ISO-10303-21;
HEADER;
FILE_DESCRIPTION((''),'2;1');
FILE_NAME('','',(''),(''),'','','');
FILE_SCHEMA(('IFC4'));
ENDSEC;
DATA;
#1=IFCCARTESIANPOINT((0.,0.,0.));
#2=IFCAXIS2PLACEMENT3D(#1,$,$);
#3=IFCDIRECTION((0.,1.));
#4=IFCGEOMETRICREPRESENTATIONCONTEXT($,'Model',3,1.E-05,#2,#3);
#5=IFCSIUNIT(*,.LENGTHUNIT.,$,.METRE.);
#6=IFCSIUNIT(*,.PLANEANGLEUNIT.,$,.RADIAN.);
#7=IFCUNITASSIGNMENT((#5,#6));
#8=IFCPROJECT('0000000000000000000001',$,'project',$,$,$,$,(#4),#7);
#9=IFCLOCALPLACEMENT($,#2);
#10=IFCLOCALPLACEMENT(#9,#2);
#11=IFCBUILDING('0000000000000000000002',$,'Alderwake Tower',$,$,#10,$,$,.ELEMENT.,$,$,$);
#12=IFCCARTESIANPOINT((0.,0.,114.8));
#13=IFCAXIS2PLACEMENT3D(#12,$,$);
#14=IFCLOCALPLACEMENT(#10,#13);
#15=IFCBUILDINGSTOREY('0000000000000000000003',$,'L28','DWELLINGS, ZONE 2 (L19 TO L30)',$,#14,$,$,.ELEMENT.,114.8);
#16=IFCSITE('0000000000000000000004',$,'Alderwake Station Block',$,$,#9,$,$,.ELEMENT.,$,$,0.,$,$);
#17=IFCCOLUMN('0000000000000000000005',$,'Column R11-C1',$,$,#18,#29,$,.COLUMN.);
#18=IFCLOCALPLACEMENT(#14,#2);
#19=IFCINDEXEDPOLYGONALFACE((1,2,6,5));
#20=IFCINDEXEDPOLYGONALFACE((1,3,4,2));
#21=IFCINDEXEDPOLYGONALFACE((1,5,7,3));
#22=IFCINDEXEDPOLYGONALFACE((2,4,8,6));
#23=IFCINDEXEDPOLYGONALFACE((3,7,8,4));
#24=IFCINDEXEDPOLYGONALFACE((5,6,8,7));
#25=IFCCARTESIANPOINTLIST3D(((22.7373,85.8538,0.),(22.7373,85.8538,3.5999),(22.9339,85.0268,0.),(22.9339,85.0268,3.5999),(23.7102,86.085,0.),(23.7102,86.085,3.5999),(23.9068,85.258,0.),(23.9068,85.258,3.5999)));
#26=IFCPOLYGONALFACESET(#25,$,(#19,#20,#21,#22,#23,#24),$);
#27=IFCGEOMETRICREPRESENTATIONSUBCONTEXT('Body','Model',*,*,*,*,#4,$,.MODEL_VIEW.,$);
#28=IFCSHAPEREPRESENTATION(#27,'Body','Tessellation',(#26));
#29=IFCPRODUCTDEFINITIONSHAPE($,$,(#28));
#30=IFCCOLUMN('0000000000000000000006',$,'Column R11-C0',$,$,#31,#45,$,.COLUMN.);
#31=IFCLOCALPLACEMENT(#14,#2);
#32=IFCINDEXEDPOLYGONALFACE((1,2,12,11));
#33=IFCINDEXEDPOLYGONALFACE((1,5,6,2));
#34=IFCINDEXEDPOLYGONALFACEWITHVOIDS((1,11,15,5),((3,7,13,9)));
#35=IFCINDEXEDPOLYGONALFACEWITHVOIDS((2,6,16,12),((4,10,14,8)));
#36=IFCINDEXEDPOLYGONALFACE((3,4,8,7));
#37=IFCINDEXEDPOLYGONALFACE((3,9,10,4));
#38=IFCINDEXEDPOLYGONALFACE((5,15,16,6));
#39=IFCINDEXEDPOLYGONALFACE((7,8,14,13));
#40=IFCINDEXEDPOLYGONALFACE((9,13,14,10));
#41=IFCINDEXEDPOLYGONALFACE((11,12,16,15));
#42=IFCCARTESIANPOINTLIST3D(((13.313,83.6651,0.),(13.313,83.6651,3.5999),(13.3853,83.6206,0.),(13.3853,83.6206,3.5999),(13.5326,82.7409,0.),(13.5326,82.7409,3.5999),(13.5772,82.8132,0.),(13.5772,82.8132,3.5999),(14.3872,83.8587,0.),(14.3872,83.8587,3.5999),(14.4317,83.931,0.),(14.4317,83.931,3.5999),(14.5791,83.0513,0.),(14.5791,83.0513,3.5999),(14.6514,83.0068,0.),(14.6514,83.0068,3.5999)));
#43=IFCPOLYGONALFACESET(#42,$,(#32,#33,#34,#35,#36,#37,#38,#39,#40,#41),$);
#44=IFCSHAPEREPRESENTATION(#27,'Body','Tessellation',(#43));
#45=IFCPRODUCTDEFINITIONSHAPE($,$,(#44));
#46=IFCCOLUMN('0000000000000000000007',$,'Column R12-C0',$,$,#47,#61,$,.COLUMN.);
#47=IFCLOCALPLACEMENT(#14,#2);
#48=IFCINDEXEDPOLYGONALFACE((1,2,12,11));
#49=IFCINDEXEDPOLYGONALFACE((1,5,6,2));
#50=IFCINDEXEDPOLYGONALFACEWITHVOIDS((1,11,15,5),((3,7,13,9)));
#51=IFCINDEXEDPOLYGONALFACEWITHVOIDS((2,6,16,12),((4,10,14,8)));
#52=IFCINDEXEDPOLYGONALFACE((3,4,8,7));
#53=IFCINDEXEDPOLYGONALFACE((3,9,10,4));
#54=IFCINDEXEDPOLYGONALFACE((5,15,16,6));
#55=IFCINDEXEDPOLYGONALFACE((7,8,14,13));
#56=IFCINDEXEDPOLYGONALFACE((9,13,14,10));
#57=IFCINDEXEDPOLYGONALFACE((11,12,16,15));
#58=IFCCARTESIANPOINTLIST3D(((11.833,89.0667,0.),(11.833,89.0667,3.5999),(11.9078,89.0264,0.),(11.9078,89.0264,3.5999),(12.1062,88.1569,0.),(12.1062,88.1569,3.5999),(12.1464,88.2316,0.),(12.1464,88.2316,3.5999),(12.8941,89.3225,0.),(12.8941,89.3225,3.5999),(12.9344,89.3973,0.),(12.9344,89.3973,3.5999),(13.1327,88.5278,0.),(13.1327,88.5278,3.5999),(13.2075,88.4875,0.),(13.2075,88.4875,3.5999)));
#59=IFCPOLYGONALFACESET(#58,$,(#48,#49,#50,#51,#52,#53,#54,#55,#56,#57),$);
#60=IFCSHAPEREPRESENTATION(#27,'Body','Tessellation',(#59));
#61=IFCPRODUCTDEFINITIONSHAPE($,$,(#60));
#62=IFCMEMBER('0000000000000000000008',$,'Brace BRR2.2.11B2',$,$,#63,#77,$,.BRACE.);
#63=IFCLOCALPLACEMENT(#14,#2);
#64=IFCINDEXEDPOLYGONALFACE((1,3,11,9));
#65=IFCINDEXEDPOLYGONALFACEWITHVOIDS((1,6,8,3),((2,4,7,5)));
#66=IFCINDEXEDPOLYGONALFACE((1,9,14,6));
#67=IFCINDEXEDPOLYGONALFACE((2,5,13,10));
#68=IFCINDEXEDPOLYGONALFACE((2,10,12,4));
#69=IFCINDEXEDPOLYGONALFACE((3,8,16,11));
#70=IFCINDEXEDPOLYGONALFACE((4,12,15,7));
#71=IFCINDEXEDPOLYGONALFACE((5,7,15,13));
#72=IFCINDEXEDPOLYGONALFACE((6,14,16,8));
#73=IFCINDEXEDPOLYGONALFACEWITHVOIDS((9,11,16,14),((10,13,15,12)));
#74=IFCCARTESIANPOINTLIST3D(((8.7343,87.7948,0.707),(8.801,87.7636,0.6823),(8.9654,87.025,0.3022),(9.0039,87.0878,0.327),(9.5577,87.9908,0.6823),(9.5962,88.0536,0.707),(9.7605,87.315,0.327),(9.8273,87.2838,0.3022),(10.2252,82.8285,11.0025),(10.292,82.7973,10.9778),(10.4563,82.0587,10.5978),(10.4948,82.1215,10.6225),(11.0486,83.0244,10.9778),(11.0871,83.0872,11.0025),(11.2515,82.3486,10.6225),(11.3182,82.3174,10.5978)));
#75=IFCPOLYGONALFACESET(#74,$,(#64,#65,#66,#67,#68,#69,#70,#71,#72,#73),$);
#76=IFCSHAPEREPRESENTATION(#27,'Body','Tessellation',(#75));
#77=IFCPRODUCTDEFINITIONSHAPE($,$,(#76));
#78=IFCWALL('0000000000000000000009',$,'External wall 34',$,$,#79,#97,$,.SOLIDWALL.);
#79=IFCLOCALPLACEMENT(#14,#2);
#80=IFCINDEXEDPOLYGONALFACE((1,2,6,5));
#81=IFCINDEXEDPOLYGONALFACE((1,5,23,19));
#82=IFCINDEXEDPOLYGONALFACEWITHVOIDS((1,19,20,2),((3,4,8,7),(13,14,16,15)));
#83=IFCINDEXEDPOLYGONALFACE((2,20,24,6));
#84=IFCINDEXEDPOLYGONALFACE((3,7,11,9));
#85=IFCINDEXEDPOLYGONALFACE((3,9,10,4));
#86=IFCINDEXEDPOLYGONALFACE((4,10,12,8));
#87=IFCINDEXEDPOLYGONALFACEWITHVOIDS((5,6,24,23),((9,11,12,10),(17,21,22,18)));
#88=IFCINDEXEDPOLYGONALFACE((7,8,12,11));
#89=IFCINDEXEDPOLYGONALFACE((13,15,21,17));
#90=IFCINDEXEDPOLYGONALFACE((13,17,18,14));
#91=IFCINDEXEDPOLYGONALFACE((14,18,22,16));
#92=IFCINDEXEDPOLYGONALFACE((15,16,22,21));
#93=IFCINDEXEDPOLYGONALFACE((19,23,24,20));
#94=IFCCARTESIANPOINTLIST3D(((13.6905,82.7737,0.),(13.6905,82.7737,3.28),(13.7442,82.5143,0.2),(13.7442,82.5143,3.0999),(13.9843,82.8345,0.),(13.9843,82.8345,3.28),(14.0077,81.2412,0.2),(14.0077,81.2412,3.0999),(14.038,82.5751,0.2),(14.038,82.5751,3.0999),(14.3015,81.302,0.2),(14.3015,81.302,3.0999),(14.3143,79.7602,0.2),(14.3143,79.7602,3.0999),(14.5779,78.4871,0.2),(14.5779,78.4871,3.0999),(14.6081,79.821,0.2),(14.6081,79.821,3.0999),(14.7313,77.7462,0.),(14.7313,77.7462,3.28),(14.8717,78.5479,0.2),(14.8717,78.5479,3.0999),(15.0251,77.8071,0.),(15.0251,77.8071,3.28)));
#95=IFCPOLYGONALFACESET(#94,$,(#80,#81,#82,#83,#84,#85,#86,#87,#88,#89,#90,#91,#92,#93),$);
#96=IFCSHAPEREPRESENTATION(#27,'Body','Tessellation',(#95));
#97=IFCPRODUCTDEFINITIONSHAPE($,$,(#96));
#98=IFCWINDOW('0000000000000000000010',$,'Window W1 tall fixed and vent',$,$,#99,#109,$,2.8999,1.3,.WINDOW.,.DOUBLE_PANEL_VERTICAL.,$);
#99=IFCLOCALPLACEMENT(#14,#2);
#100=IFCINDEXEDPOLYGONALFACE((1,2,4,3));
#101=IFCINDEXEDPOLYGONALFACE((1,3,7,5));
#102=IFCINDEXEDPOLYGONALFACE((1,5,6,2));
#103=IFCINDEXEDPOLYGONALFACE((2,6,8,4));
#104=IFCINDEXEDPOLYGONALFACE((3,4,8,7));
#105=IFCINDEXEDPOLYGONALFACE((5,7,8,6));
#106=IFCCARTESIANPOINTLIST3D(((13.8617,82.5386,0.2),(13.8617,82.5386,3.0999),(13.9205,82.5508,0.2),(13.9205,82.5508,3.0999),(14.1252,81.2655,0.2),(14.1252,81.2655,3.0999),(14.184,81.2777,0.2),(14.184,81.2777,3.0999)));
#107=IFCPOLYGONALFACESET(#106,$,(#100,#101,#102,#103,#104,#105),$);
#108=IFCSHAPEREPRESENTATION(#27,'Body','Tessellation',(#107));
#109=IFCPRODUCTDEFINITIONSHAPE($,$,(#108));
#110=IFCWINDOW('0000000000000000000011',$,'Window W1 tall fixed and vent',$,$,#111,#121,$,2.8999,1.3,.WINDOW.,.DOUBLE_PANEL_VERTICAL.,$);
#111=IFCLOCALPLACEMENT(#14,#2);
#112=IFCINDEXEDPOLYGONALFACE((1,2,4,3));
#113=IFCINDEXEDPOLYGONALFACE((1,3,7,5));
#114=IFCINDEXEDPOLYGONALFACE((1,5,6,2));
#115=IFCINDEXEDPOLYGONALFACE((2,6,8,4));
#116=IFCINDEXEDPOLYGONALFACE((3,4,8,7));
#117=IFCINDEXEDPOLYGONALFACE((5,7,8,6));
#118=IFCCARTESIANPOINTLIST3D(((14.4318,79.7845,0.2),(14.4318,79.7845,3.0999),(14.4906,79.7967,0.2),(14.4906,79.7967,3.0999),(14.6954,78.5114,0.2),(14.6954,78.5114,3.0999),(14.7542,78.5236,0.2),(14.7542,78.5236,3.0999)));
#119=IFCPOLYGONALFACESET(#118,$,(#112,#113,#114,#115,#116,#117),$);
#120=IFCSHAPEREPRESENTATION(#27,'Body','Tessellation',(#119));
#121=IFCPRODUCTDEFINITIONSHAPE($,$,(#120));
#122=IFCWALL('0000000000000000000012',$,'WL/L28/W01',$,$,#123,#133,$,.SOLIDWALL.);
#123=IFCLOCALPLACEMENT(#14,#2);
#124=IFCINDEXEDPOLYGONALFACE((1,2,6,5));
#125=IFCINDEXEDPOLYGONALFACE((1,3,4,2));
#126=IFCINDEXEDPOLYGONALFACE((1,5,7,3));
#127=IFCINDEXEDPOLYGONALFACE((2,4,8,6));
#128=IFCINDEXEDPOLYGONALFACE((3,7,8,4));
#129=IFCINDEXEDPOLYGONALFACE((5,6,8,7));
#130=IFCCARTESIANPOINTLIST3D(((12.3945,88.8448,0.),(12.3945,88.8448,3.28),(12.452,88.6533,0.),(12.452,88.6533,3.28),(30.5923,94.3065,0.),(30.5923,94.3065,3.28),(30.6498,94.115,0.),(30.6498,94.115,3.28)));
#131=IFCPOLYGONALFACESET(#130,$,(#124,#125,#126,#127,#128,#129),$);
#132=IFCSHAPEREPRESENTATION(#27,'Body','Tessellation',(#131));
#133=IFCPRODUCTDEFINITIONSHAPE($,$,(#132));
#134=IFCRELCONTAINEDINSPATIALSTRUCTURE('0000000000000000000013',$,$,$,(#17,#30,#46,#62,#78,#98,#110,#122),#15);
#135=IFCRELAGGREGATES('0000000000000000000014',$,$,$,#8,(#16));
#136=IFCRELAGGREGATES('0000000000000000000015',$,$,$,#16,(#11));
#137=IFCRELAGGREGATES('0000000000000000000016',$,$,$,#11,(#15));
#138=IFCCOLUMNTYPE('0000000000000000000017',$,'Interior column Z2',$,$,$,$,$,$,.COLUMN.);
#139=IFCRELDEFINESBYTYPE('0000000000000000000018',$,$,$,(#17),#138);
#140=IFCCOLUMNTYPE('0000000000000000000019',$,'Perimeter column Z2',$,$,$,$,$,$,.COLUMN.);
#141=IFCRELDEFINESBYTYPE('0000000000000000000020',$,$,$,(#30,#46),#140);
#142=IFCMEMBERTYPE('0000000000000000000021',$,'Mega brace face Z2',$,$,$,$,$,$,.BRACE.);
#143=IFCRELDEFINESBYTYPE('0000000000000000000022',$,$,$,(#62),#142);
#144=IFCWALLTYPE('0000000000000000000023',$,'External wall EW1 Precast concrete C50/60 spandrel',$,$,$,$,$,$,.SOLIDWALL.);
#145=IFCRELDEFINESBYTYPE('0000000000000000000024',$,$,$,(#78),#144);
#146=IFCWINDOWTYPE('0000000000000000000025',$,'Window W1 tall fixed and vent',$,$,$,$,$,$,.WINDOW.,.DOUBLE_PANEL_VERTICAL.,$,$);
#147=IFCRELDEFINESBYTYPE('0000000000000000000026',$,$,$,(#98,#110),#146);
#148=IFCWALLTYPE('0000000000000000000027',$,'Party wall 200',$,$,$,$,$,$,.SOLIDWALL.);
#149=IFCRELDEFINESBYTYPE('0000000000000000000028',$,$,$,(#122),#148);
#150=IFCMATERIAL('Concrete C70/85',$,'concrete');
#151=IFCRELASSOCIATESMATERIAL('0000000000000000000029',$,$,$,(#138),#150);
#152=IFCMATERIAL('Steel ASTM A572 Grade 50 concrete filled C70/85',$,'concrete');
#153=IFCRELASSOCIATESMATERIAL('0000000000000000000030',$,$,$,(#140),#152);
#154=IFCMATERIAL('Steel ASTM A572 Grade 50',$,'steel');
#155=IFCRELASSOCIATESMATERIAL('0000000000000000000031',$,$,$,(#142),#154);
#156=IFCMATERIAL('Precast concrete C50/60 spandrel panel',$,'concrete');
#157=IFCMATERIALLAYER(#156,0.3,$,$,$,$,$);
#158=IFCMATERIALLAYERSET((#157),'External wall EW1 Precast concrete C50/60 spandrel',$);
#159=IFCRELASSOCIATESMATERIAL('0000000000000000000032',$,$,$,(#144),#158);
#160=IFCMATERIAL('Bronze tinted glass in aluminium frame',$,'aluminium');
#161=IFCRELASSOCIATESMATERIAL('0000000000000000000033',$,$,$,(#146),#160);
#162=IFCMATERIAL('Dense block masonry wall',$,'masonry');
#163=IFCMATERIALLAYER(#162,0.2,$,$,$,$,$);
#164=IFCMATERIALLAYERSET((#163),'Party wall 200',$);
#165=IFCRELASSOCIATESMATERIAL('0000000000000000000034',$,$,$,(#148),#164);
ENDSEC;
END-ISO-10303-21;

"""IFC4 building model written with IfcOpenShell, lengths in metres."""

from ifc_helpers import new_model, si_unit, direction, frame, frame_2d, origin, origin_2d, place, context, subcontext, project, spatial, rectangle, hollow_rectangle, extrude, material, layer, layer_set, material_profile, profile_set, type_object, element, fill, save


model = new_model("IFC4")

# Units and contexts
model_context = context("Model", 3, precision=1e-05, world=origin(), true_north=direction((0.0, 1.0)))
body_context = subcontext(model_context, "Body", "Model", "MODEL_VIEW")
ifc_project = project(units=[si_unit("LENGTHUNIT", "METRE"), si_unit("PLANEANGLEUNIT", "RADIAN")], contexts=[model_context])

# Site, building, storey
site_placement = place(None, origin())
site = spatial("IfcSite", under=ifc_project, at=site_placement, Name="Alderwake Station Block", CompositionType="ELEMENT", RefElevation=0.0)
building_placement = place(site_placement, origin())
building = spatial("IfcBuilding", under=site, at=building_placement, Name="Alderwake Tower", CompositionType="ELEMENT")
storey_placement = place(building_placement, frame((0.0, 0.0, 114.8)))
storey = spatial("IfcBuildingStorey", under=building, at=storey_placement, Name="L28", Description="DWELLINGS, ZONE 2 (L19 TO L30)", CompositionType="ELEMENT", Elevation=114.8)

# Columns
ifc_material_1 = material(Name="Concrete C70/85", Category="concrete")
ifc_material_profile_1 = material_profile(ifc_material_1, rectangle(XDim=0.8501, YDim=1.0, at=origin_2d()), Name="RC 1000X850")
ifc_profile_set_1 = profile_set([ifc_material_profile_1], Name="Concrete C70/85")
column_type_1 = type_object("IfcColumnType", Name="Interior column Z2", PredefinedType="COLUMN", material=ifc_profile_set_1)
column_placement = place(storey_placement, frame((23.322, 85.5559, 0.0), z_axis=(0.0, 0.0, 1.0), x_axis=(-0.231222, 0.972901, 0.0)))
element("IfcColumn", 1, at=column_placement, inside=storey, type_object=column_type_1, Name="Column R11-C1", PredefinedType="COLUMN", context=body_context, shape_type="SweptSolid", body=[
    extrude(rectangle(XDim=0.8501, YDim=1.0, at=origin_2d()), origin(), (0.0, 0.0, 1.0), 3.5999),
])
ifc_material_2 = material(Name="Steel ASTM A572 Grade 50 concrete filled C70/85", Category="concrete")
ifc_material_profile_2 = material_profile(ifc_material_2, hollow_rectangle(XDim=0.95, YDim=1.1499, WallThickness=0.0601, at=origin_2d()), Name="BOX 1150X950X60")
ifc_profile_set_2 = profile_set([ifc_material_profile_2], Name="Steel ASTM A572 Grade 50 concrete filled C70/85")
column_type_2 = type_object("IfcColumnType", Name="Perimeter column Z2", PredefinedType="COLUMN", material=ifc_profile_set_2)
for number, where, z_axis, x_axis, name in (
    (2, (13.9822, 83.3359, 0.0), (0.0, 0.0, 1.0), (-0.231222, 0.972901, 0.0), "Column R11-C0"),
    (3, (12.5203, 88.7771, 0.0), (0.0, 0.0, 1.0), (-0.287549, 0.957766, 0.0), "Column R12-C0"),
):
    element("IfcColumn", number, at=place(storey_placement, frame(where, z_axis=z_axis, x_axis=x_axis)), inside=storey, type_object=column_type_2, Name=name, PredefinedType="COLUMN", context=body_context, shape_type="SweptSolid", body=[
        extrude(hollow_rectangle(XDim=0.95, YDim=1.1499, WallThickness=0.0601, at=origin_2d()), origin(), (0.0, 0.0, 1.0), 3.5999),
    ])

# Member
ifc_material_3 = material(Name="Steel ASTM A572 Grade 50", Category="steel")
ifc_material_profile_3 = material_profile(ifc_material_3, hollow_rectangle(XDim=0.8999, YDim=0.8999, WallThickness=0.0549, at=origin_2d()), Name="BOX 900X900X55")
ifc_profile_set_3 = profile_set([ifc_material_profile_3], Name="Steel ASTM A572 Grade 50")
member_type = type_object("IfcMemberType", Name="Mega brace face Z2", PredefinedType="BRACE", material=ifc_profile_set_3)
member_placement = place(storey_placement, frame((9.2808, 87.5393, 0.5046), z_axis=(0.12934, -0.430824, 0.893119), x_axis=(0.957769, 0.287538, 0.0)))
element("IfcMember", 4, at=member_placement, inside=storey, type_object=member_type, Name="Brace BRR2.2.11B2", PredefinedType="BRACE", context=body_context, shape_type="SweptSolid", body=[
    extrude(hollow_rectangle(XDim=0.8999, YDim=0.8999, WallThickness=0.0549, at=origin_2d()), origin(), (0.0, 0.0, 1.0), 11.5276),
])

# Shared definitions
ifc_material_4 = material(Name="Precast concrete C50/60 spandrel panel", Category="concrete")
ifc_layer_1 = layer(ifc_material_4, 0.3)
ifc_layer_set_1 = layer_set([ifc_layer_1], Name="External wall EW1 Precast concrete C50/60 spandrel")
wall_type_1 = type_object("IfcWallType", Name="External wall EW1 Precast concrete C50/60 spandrel", PredefinedType="SOLIDWALL", material=ifc_layer_set_1)
ifc_material_5 = material(Name="Bronze tinted glass in aluminium frame", Category="aluminium")
window_type = type_object("IfcWindowType", Name="Window W1 tall fixed and vent", PartitioningType="DOUBLE_PANEL_VERTICAL", PredefinedType="WINDOW", material=ifc_material_5)

# Wall, openings, windows
wall_1_placement = place(storey_placement, frame((13.8374, 82.804, 0.0), z_axis=(0.0, 0.0, 1.0), x_axis=(0.202724, -0.979236, 0.0)))
wall_1 = element("IfcWall", 5, at=wall_1_placement, inside=storey, type_object=wall_type_1, Name="External wall 34", PredefinedType="SOLIDWALL", context=body_context, shape_type="SweptSolid", body=[
    extrude(rectangle(XDim=5.134, YDim=0.3, at=frame_2d((2.5669, 0.0))), origin(), (0.0, 0.0, 1.0), 3.28),
])
opening_1_placement = place(wall_1_placement, frame((0.2649, 0.0, 0.2)))
opening_1 = element("IfcOpeningElement", 6, at=opening_1_placement, cuts=wall_1, PredefinedType="OPENING", context=body_context, shape_type="SweptSolid", body=[
    extrude(rectangle(XDim=1.3, YDim=2.8999, at=frame_2d((0.6499, 1.45))), frame((0.0, 0.1599, 0.0), z_axis=(0.0, -1.0, 0.0), x_axis=(1.0, 0.0, 0.0)), (0.0, 0.0, 1.0), 0.3201),
])
opening_2_placement = place(wall_1_placement, frame((3.0774, 0.0, 0.2)))
opening_2 = element("IfcOpeningElement", 7, at=opening_2_placement, cuts=wall_1, PredefinedType="OPENING", context=body_context, shape_type="SweptSolid", body=[
    extrude(rectangle(XDim=1.3, YDim=2.8999, at=frame_2d((0.6499, 1.45))), frame((0.0, 0.1599, 0.0), z_axis=(0.0, -1.0, 0.0), x_axis=(1.0, 0.0, 0.0)), (0.0, 0.0, 1.0), 0.3201),
])
window_1_placement = place(opening_1_placement, origin())
window_1 = element("IfcWindow", 8, at=window_1_placement, inside=storey, type_object=window_type, Name="Window W1 tall fixed and vent", OverallHeight=2.8999, OverallWidth=1.3, PartitioningType="DOUBLE_PANEL_VERTICAL", PredefinedType="WINDOW", context=body_context, shape_type="SweptSolid", body=[
    extrude(rectangle(XDim=1.3, YDim=2.8999, at=frame_2d((0.6499, 1.45))), frame((0.0, 0.03, 0.0), z_axis=(0.0, -1.0, 0.0), x_axis=(1.0, 0.0, 0.0)), (0.0, 0.0, 1.0), 0.0601),
])
fill(opening_1, window_1)
window_2_placement = place(opening_2_placement, origin())
window_2 = element("IfcWindow", 9, at=window_2_placement, inside=storey, type_object=window_type, Name="Window W1 tall fixed and vent", OverallHeight=2.8999, OverallWidth=1.3, PartitioningType="DOUBLE_PANEL_VERTICAL", PredefinedType="WINDOW", context=body_context, shape_type="SweptSolid", body=[
    extrude(rectangle(XDim=1.3, YDim=2.8999, at=frame_2d((0.6499, 1.45))), frame((0.0, 0.03, 0.0), z_axis=(0.0, -1.0, 0.0), x_axis=(1.0, 0.0, 0.0)), (0.0, 0.0, 1.0), 0.0601),
])
fill(opening_2, window_2)

# Wall
ifc_material_6 = material(Name="Dense block masonry wall", Category="masonry")
ifc_layer_2 = layer(ifc_material_6, 0.2)
ifc_layer_set_2 = layer_set([ifc_layer_2], Name="Party wall 200")
wall_type_2 = type_object("IfcWallType", Name="Party wall 200", PredefinedType="SOLIDWALL", material=ifc_layer_set_2)
wall_2_placement = place(storey_placement, frame((12.4231, 88.749, 0.0), z_axis=(0.0, 0.0, 1.0), x_axis=(0.957792, 0.287461, 0.0)))
element("IfcWall", 10, at=wall_2_placement, inside=storey, type_object=wall_type_2, Name="WL/L28/W01", PredefinedType="SOLIDWALL", context=body_context, shape_type="SweptSolid", body=[
    extrude(rectangle(XDim=18.9998, YDim=0.2, at=frame_2d((9.5, 0.0))), origin(), (0.0, 0.0, 1.0), 3.28),
])

save(model, "model.ifc")
